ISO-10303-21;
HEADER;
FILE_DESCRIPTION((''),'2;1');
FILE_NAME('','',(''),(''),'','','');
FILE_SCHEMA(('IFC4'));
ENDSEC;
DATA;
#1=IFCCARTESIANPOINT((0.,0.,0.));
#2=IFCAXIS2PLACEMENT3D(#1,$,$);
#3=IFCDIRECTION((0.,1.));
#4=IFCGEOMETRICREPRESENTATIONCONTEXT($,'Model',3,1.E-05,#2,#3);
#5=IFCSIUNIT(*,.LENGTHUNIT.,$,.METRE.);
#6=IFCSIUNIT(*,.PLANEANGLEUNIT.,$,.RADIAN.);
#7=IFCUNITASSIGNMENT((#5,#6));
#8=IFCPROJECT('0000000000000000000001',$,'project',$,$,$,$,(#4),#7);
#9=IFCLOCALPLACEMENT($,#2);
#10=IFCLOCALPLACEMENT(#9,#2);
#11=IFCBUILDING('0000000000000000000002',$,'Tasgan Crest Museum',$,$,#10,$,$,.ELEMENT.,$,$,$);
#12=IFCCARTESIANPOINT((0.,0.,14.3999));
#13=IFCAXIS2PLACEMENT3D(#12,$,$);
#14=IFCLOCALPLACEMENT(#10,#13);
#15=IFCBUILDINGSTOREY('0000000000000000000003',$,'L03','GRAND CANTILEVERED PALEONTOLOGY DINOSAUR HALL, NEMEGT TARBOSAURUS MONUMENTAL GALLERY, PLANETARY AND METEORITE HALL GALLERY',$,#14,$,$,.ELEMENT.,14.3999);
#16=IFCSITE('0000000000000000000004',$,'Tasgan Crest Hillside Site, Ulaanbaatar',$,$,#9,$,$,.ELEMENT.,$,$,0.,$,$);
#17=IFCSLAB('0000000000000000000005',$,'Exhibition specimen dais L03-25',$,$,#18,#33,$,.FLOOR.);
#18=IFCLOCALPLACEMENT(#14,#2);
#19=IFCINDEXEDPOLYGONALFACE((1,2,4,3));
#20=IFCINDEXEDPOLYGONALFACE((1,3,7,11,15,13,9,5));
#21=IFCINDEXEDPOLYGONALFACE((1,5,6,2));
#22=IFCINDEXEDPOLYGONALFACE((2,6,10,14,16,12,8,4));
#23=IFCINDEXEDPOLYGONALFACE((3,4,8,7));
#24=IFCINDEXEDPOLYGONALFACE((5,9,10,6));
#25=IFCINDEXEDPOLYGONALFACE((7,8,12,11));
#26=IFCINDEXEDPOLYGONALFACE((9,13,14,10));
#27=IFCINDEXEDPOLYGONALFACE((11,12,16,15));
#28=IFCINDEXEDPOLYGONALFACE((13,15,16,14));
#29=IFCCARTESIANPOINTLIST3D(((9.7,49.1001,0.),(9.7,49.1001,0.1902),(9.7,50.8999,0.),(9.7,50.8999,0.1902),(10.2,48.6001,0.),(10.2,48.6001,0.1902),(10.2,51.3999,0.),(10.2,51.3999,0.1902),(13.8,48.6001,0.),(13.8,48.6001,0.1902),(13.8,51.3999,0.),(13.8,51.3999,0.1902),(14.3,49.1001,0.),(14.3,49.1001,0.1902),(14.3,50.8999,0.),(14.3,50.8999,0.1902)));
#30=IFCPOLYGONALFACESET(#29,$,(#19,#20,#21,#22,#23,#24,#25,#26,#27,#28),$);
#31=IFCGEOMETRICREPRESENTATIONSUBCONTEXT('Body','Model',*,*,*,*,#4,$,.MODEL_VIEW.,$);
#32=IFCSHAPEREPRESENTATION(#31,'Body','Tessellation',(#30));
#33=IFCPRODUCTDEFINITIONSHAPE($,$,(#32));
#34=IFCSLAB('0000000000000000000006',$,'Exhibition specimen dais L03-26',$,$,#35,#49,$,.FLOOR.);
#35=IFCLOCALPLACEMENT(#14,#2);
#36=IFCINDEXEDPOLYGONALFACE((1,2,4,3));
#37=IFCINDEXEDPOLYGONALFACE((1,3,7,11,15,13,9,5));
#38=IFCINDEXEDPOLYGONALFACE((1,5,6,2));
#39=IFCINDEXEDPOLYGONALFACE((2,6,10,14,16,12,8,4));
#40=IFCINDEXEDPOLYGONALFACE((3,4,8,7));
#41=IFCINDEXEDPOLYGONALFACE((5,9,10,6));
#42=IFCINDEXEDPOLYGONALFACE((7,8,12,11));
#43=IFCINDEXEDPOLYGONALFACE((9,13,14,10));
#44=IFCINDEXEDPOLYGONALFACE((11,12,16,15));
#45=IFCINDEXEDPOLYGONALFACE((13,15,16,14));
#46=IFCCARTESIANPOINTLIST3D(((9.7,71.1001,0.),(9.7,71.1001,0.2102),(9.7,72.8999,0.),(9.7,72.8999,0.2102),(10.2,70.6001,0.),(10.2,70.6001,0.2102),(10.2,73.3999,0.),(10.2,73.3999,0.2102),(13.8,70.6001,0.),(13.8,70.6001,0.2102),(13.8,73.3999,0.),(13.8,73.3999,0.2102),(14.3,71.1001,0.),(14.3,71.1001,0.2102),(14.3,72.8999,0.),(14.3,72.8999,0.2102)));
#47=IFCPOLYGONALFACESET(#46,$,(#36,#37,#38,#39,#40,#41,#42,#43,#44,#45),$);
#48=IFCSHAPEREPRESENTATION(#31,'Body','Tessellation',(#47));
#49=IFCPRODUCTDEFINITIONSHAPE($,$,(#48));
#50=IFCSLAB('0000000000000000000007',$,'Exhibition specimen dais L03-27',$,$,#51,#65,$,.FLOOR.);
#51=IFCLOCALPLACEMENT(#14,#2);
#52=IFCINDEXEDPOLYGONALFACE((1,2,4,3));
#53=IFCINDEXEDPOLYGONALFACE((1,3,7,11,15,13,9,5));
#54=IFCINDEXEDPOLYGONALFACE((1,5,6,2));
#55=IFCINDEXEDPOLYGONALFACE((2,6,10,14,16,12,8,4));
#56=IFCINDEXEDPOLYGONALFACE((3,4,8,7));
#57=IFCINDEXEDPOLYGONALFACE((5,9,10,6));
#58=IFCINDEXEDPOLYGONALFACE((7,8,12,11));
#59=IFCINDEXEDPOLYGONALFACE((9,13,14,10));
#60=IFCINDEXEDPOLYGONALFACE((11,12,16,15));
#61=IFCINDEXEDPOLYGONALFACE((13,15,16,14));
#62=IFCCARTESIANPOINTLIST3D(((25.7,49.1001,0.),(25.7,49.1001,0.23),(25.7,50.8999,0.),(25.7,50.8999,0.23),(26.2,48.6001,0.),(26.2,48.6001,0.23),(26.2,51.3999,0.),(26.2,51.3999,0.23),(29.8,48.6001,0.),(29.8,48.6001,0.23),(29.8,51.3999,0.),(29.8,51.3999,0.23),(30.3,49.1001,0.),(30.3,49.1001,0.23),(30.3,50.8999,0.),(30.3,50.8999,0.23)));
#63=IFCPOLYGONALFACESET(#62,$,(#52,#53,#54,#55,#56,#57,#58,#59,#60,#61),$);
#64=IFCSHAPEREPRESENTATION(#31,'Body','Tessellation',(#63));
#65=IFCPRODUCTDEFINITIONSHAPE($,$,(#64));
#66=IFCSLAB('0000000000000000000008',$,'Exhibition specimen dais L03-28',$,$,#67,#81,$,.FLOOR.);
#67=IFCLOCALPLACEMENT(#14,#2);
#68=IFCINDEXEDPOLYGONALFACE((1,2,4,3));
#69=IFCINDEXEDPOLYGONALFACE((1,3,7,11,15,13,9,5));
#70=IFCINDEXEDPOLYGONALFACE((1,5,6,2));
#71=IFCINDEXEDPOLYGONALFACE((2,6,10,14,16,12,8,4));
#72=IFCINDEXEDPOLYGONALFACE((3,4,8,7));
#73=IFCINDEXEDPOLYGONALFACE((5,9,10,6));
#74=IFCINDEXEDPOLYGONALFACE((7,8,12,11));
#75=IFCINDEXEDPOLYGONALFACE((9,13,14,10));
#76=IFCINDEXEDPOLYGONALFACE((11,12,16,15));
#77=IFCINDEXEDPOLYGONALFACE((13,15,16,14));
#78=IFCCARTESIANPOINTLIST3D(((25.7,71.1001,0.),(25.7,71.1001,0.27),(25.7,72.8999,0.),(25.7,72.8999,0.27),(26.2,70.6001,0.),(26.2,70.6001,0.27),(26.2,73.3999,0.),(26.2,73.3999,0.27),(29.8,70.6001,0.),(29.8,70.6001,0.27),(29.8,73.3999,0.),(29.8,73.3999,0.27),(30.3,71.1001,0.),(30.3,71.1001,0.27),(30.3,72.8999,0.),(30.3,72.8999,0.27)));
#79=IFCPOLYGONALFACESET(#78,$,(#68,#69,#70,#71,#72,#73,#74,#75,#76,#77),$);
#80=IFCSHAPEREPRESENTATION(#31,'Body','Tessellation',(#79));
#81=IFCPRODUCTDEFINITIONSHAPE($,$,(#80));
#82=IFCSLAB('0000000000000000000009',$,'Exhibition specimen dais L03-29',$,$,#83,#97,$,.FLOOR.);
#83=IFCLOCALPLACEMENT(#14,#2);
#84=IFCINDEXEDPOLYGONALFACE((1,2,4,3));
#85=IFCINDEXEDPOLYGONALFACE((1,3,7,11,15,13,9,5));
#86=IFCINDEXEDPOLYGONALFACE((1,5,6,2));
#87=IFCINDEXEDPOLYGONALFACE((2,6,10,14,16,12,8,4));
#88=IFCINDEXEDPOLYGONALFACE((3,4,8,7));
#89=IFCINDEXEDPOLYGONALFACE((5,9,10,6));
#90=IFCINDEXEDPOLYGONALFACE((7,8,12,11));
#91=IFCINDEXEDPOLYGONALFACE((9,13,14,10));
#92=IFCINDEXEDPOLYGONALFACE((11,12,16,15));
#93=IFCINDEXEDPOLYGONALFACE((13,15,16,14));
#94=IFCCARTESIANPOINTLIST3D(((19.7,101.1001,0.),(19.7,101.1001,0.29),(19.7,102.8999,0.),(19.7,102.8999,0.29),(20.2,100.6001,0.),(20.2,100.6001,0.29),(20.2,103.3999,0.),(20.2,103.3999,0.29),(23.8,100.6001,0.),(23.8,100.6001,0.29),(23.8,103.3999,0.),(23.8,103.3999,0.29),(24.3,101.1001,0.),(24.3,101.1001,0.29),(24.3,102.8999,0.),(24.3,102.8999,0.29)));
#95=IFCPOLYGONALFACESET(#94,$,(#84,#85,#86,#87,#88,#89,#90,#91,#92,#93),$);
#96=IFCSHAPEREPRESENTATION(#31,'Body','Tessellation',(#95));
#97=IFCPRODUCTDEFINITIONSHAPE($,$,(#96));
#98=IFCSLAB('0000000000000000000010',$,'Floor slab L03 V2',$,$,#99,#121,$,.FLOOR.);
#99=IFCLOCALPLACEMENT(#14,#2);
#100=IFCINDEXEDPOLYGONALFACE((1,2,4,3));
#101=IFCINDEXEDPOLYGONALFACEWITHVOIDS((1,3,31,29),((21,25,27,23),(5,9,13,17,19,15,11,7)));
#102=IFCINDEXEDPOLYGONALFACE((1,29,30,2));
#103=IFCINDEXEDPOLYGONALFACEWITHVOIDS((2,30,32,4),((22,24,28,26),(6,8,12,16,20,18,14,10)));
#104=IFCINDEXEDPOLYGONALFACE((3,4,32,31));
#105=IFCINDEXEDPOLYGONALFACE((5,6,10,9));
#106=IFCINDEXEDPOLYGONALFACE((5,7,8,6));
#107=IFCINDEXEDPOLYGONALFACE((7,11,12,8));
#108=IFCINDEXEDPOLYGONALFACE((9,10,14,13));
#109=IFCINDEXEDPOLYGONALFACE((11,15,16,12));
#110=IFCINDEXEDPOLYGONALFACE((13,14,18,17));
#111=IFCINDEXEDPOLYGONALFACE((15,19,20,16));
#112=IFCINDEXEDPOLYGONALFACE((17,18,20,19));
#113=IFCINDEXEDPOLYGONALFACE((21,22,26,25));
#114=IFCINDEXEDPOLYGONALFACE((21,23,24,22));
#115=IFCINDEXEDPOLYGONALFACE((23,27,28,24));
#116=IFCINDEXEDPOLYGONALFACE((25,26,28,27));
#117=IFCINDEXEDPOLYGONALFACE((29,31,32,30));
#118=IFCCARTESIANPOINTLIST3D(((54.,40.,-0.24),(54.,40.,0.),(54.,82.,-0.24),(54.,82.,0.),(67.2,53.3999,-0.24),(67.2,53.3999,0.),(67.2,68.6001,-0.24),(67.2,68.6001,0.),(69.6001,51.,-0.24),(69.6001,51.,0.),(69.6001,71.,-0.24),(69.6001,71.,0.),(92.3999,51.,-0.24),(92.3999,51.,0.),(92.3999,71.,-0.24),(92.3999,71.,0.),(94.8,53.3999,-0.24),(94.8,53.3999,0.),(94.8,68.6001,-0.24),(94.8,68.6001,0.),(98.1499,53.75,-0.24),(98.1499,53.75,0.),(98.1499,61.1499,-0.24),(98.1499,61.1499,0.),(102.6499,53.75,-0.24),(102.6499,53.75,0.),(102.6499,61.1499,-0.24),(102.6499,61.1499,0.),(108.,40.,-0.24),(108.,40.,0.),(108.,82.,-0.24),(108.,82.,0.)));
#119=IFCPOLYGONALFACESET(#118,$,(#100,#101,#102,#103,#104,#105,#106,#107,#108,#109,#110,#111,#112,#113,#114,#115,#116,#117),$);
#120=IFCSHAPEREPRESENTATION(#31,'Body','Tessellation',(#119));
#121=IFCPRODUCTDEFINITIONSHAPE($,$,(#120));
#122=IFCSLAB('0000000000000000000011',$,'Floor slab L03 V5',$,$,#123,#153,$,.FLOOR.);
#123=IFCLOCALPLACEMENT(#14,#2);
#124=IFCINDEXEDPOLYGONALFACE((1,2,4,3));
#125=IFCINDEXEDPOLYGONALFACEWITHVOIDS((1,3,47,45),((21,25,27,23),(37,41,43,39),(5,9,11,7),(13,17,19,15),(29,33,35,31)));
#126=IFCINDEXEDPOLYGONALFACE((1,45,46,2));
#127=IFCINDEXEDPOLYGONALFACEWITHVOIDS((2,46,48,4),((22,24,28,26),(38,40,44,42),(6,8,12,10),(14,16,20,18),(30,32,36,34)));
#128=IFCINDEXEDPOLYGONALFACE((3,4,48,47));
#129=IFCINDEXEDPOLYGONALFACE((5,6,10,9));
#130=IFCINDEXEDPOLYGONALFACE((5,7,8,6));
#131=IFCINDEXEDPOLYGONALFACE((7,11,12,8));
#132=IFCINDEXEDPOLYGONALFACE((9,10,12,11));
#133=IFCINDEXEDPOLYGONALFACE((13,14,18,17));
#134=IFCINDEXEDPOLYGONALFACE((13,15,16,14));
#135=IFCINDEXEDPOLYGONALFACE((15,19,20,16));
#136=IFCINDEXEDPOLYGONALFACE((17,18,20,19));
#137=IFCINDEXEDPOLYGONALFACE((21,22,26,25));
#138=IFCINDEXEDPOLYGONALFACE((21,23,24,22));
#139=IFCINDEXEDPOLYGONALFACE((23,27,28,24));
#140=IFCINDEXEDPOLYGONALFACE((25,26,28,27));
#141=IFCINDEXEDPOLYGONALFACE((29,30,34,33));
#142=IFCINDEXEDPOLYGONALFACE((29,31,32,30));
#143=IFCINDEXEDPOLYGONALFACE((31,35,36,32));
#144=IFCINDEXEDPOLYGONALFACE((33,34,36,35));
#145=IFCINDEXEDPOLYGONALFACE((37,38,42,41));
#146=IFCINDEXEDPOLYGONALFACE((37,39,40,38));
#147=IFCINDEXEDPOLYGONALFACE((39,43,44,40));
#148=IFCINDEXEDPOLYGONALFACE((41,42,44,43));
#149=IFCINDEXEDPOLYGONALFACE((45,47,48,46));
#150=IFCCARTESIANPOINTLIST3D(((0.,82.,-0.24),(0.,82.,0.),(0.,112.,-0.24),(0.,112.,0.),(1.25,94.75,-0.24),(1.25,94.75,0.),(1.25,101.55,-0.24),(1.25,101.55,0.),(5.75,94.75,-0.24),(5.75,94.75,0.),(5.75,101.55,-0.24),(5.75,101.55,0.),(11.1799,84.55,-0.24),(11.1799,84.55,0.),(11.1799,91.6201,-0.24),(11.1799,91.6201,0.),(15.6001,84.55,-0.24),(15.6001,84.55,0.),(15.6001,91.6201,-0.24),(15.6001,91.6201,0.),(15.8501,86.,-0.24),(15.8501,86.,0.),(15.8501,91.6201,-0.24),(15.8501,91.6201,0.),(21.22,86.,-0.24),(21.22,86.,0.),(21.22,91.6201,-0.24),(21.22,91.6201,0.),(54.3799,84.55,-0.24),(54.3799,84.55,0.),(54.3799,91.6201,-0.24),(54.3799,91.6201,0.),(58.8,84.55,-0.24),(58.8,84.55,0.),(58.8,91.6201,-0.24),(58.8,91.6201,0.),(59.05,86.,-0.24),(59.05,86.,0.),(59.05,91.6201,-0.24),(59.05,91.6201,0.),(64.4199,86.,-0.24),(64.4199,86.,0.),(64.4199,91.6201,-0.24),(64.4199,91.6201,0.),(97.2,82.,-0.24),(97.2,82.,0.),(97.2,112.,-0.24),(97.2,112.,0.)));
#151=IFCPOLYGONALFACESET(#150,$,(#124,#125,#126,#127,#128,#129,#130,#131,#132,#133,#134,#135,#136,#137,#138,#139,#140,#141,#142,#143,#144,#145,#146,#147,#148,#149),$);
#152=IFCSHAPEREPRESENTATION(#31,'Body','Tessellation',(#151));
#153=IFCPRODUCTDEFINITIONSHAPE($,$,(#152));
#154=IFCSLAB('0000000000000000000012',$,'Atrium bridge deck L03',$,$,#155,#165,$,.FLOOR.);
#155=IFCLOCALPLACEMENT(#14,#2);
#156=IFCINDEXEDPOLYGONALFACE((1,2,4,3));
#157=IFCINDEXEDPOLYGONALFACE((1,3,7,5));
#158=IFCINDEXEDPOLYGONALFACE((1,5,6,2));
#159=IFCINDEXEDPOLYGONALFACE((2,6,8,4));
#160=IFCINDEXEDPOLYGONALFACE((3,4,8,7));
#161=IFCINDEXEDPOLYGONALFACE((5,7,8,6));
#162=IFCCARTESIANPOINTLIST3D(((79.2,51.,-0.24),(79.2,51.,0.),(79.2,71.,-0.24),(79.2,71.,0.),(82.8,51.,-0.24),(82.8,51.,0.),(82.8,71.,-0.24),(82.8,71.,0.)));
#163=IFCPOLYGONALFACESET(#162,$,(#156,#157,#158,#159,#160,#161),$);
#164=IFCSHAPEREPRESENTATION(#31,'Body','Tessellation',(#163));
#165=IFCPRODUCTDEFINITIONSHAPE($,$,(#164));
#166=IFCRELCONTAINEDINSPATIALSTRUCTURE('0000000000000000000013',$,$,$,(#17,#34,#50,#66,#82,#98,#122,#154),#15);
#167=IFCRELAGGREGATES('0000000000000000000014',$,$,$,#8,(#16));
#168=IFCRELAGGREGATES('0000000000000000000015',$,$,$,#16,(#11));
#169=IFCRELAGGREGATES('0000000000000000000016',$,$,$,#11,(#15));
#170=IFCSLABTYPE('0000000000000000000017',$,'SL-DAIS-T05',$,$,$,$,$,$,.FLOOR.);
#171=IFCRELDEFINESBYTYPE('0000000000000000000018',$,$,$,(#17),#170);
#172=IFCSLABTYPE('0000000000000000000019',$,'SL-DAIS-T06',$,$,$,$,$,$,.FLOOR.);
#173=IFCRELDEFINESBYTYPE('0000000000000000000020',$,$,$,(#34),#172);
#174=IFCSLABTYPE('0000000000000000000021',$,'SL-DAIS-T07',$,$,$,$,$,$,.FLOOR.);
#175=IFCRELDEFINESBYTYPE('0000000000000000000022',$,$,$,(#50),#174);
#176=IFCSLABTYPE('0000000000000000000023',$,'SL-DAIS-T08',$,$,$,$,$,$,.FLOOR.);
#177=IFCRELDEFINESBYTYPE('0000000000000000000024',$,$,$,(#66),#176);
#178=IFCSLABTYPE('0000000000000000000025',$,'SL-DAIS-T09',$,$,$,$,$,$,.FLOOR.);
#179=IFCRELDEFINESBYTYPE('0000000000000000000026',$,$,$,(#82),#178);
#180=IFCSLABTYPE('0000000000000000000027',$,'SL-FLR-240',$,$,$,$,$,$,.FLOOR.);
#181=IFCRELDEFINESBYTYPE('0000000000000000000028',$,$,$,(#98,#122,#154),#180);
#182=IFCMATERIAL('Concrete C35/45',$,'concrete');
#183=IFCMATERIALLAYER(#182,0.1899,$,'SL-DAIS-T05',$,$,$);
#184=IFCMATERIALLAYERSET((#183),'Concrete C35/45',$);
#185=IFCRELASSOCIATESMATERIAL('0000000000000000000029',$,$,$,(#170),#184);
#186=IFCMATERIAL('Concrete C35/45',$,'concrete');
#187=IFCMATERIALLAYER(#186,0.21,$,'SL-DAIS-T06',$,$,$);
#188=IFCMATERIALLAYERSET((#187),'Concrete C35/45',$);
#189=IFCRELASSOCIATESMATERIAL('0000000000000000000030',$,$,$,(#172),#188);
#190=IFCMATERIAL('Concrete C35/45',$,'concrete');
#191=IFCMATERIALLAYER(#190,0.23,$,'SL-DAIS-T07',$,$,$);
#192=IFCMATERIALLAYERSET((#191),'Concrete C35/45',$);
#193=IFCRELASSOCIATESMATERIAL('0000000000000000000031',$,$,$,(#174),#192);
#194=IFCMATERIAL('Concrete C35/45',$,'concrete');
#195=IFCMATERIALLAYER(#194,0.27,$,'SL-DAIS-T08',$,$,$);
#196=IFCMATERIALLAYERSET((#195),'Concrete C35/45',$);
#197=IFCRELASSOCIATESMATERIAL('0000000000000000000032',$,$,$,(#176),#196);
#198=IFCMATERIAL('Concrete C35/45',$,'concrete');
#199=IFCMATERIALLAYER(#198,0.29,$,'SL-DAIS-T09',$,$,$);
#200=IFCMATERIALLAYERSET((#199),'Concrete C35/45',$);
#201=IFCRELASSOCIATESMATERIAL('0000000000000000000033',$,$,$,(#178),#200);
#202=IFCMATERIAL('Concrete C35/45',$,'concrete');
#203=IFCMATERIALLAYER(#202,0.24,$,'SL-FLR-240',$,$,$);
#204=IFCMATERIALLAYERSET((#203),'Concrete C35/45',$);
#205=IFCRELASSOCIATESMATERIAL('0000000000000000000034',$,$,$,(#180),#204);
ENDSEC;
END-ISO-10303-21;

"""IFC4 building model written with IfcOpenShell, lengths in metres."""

from ifc_helpers import new_model, si_unit, direction, frame, origin, place, context, subcontext, project, spatial, polyline, outline, extrude, material, layer, layer_set, type_object, element, save


model = new_model("IFC4")

# Units and contexts
model_context = context("Model", 3, precision=1e-05, world=origin(), true_north=direction((0.0, 1.0)))
body_context = subcontext(model_context, "Body", "Model", "MODEL_VIEW")
ifc_project = project(units=[si_unit("LENGTHUNIT", "METRE"), si_unit("PLANEANGLEUNIT", "RADIAN")], contexts=[model_context])

# Site, building, storey
site_placement = place(None, origin())
site = spatial("IfcSite", under=ifc_project, at=site_placement, Name="Tasgan Crest Hillside Site, Ulaanbaatar", CompositionType="ELEMENT", RefElevation=0.0)
building_placement = place(site_placement, origin())
building = spatial("IfcBuilding", under=site, at=building_placement, Name="Tasgan Crest Museum", CompositionType="ELEMENT")
storey_placement = place(building_placement, frame((0.0, 0.0, 14.3999)))
storey = spatial("IfcBuildingStorey", under=building, at=storey_placement, Name="L03", Description="GRAND CANTILEVERED PALEONTOLOGY DINOSAUR HALL, NEMEGT TARBOSAURUS MONUMENTAL GALLERY, PLANETARY AND METEORITE HALL GALLERY", CompositionType="ELEMENT", Elevation=14.3999)

# Slabs
ifc_material_1 = material(Name="Concrete C35/45", Category="concrete")
ifc_layer_1 = layer(ifc_material_1, 0.1899, Name="SL-DAIS-T05")
ifc_layer_set_1 = layer_set([ifc_layer_1], Name="Concrete C35/45")
slab_type_1 = type_object("IfcSlabType", Name="SL-DAIS-T05", PredefinedType="FLOOR", material=ifc_layer_set_1)
slab_1_placement = place(storey_placement, origin())
element("IfcSlab", 1, at=slab_1_placement, inside=storey, type_object=slab_type_1, Name="Exhibition specimen dais L03-25", PredefinedType="FLOOR", context=body_context, shape_type="SweptSolid", body=[
    extrude(outline(polyline([(10.2, 48.6001), (13.8, 48.6001), (14.3, 49.1001), (14.3, 50.8999), (13.8, 51.3999), (10.2, 51.3999), (9.7, 50.8999), (9.7, 49.1001), (10.2, 48.6001)])), origin(), (0.0, 0.0, 1.0), 0.1902),
])
ifc_material_2 = material(Name="Concrete C35/45", Category="concrete")
ifc_layer_2 = layer(ifc_material_2, 0.21, Name="SL-DAIS-T06")
ifc_layer_set_2 = layer_set([ifc_layer_2], Name="Concrete C35/45")
slab_type_2 = type_object("IfcSlabType", Name="SL-DAIS-T06", PredefinedType="FLOOR", material=ifc_layer_set_2)
slab_2_placement = place(storey_placement, origin())
element("IfcSlab", 2, at=slab_2_placement, inside=storey, type_object=slab_type_2, Name="Exhibition specimen dais L03-26", PredefinedType="FLOOR", context=body_context, shape_type="SweptSolid", body=[
    extrude(outline(polyline([(10.2, 70.6001), (13.8, 70.6001), (14.3, 71.1001), (14.3, 72.8999), (13.8, 73.3999), (10.2, 73.3999), (9.7, 72.8999), (9.7, 71.1001), (10.2, 70.6001)])), origin(), (0.0, 0.0, 1.0), 0.2102),
])
ifc_material_3 = material(Name="Concrete C35/45", Category="concrete")
ifc_layer_3 = layer(ifc_material_3, 0.23, Name="SL-DAIS-T07")
ifc_layer_set_3 = layer_set([ifc_layer_3], Name="Concrete C35/45")
slab_type_3 = type_object("IfcSlabType", Name="SL-DAIS-T07", PredefinedType="FLOOR", material=ifc_layer_set_3)
slab_3_placement = place(storey_placement, origin())
element("IfcSlab", 3, at=slab_3_placement, inside=storey, type_object=slab_type_3, Name="Exhibition specimen dais L03-27", PredefinedType="FLOOR", context=body_context, shape_type="SweptSolid", body=[
    extrude(outline(polyline([(26.2, 48.6001), (29.8, 48.6001), (30.3, 49.1001), (30.3, 50.8999), (29.8, 51.3999), (26.2, 51.3999), (25.7, 50.8999), (25.7, 49.1001), (26.2, 48.6001)])), origin(), (0.0, 0.0, 1.0), 0.23),
])
ifc_material_4 = material(Name="Concrete C35/45", Category="concrete")
ifc_layer_4 = layer(ifc_material_4, 0.27, Name="SL-DAIS-T08")
ifc_layer_set_4 = layer_set([ifc_layer_4], Name="Concrete C35/45")
slab_type_4 = type_object("IfcSlabType", Name="SL-DAIS-T08", PredefinedType="FLOOR", material=ifc_layer_set_4)
slab_4_placement = place(storey_placement, origin())
element("IfcSlab", 4, at=slab_4_placement, inside=storey, type_object=slab_type_4, Name="Exhibition specimen dais L03-28", PredefinedType="FLOOR", context=body_context, shape_type="SweptSolid", body=[
    extrude(outline(polyline([(26.2, 70.6001), (29.8, 70.6001), (30.3, 71.1001), (30.3, 72.8999), (29.8, 73.3999), (26.2, 73.3999), (25.7, 72.8999), (25.7, 71.1001), (26.2, 70.6001)])), origin(), (0.0, 0.0, 1.0), 0.27),
])
ifc_material_5 = material(Name="Concrete C35/45", Category="concrete")
ifc_layer_5 = layer(ifc_material_5, 0.29, Name="SL-DAIS-T09")
ifc_layer_set_5 = layer_set([ifc_layer_5], Name="Concrete C35/45")
slab_type_5 = type_object("IfcSlabType", Name="SL-DAIS-T09", PredefinedType="FLOOR", material=ifc_layer_set_5)
slab_5_placement = place(storey_placement, origin())
element("IfcSlab", 5, at=slab_5_placement, inside=storey, type_object=slab_type_5, Name="Exhibition specimen dais L03-29", PredefinedType="FLOOR", context=body_context, shape_type="SweptSolid", body=[
    extrude(outline(polyline([(20.2, 100.6001), (23.8, 100.6001), (24.3, 101.1001), (24.3, 102.8999), (23.8, 103.3999), (20.2, 103.3999), (19.7, 102.8999), (19.7, 101.1001), (20.2, 100.6001)])), origin(), (0.0, 0.0, 1.0), 0.29),
])
ifc_material_6 = material(Name="Concrete C35/45", Category="concrete")
ifc_layer_6 = layer(ifc_material_6, 0.24, Name="SL-FLR-240")
ifc_layer_set_6 = layer_set([ifc_layer_6], Name="Concrete C35/45")
slab_type_6 = type_object("IfcSlabType", Name="SL-FLR-240", PredefinedType="FLOOR", material=ifc_layer_set_6)
slab_6_placement = place(storey_placement, frame((0.0, 0.0, -0.24)))
element("IfcSlab", 6, at=slab_6_placement, inside=storey, type_object=slab_type_6, Name="Floor slab L03 V2", PredefinedType="FLOOR", context=body_context, shape_type="SweptSolid", body=[
    extrude(outline(polyline([(54.0, 40.0), (108.0, 40.0), (108.0, 82.0), (54.0, 82.0), (54.0, 40.0)]), holes=[polyline([(69.6001, 51.0), (92.3999, 51.0), (94.8, 53.3999), (94.8, 68.6001), (92.3999, 71.0), (69.6001, 71.0), (67.2, 68.6001), (67.2, 53.3999), (69.6001, 51.0)]), polyline([(98.1499, 53.75), (102.6499, 53.75), (102.6499, 61.1499), (98.1499, 61.1499), (98.1499, 53.75)])]), origin(), (0.0, 0.0, 1.0), 0.24),
])
slab_7_placement = place(storey_placement, frame((0.0, 0.0, -0.24)))
element("IfcSlab", 7, at=slab_7_placement, inside=storey, type_object=slab_type_6, Name="Floor slab L03 V5", PredefinedType="FLOOR", context=body_context, shape_type="SweptSolid", body=[
    extrude(outline(polyline([(0.0, 82.0), (97.2, 82.0), (97.2, 112.0), (0.0, 112.0), (0.0, 82.0)]), holes=[polyline([(11.1799, 84.55), (15.6001, 84.55), (15.6001, 91.6201), (11.1799, 91.6201), (11.1799, 84.55)]), polyline([(15.8501, 86.0), (21.22, 86.0), (21.22, 91.6201), (15.8501, 91.6201), (15.8501, 86.0)]), polyline([(54.3799, 84.55), (58.8, 84.55), (58.8, 91.6201), (54.3799, 91.6201), (54.3799, 84.55)]), polyline([(59.05, 86.0), (64.4199, 86.0), (64.4199, 91.6201), (59.05, 91.6201), (59.05, 86.0)]), polyline([(1.25, 94.75), (5.75, 94.75), (5.75, 101.55), (1.25, 101.55), (1.25, 94.75)])]), origin(), (0.0, 0.0, 1.0), 0.24),
])
slab_8_placement = place(storey_placement, frame((0.0, 0.0, -0.24)))
element("IfcSlab", 8, at=slab_8_placement, inside=storey, type_object=slab_type_6, Name="Atrium bridge deck L03", PredefinedType="FLOOR", context=body_context, shape_type="SweptSolid", body=[
    extrude(outline(polyline([(79.2, 51.0), (82.8, 51.0), (82.8, 71.0), (79.2, 71.0), (79.2, 51.0)])), origin(), (0.0, 0.0, 1.0), 0.24),
])

save(model, "model.ifc")
